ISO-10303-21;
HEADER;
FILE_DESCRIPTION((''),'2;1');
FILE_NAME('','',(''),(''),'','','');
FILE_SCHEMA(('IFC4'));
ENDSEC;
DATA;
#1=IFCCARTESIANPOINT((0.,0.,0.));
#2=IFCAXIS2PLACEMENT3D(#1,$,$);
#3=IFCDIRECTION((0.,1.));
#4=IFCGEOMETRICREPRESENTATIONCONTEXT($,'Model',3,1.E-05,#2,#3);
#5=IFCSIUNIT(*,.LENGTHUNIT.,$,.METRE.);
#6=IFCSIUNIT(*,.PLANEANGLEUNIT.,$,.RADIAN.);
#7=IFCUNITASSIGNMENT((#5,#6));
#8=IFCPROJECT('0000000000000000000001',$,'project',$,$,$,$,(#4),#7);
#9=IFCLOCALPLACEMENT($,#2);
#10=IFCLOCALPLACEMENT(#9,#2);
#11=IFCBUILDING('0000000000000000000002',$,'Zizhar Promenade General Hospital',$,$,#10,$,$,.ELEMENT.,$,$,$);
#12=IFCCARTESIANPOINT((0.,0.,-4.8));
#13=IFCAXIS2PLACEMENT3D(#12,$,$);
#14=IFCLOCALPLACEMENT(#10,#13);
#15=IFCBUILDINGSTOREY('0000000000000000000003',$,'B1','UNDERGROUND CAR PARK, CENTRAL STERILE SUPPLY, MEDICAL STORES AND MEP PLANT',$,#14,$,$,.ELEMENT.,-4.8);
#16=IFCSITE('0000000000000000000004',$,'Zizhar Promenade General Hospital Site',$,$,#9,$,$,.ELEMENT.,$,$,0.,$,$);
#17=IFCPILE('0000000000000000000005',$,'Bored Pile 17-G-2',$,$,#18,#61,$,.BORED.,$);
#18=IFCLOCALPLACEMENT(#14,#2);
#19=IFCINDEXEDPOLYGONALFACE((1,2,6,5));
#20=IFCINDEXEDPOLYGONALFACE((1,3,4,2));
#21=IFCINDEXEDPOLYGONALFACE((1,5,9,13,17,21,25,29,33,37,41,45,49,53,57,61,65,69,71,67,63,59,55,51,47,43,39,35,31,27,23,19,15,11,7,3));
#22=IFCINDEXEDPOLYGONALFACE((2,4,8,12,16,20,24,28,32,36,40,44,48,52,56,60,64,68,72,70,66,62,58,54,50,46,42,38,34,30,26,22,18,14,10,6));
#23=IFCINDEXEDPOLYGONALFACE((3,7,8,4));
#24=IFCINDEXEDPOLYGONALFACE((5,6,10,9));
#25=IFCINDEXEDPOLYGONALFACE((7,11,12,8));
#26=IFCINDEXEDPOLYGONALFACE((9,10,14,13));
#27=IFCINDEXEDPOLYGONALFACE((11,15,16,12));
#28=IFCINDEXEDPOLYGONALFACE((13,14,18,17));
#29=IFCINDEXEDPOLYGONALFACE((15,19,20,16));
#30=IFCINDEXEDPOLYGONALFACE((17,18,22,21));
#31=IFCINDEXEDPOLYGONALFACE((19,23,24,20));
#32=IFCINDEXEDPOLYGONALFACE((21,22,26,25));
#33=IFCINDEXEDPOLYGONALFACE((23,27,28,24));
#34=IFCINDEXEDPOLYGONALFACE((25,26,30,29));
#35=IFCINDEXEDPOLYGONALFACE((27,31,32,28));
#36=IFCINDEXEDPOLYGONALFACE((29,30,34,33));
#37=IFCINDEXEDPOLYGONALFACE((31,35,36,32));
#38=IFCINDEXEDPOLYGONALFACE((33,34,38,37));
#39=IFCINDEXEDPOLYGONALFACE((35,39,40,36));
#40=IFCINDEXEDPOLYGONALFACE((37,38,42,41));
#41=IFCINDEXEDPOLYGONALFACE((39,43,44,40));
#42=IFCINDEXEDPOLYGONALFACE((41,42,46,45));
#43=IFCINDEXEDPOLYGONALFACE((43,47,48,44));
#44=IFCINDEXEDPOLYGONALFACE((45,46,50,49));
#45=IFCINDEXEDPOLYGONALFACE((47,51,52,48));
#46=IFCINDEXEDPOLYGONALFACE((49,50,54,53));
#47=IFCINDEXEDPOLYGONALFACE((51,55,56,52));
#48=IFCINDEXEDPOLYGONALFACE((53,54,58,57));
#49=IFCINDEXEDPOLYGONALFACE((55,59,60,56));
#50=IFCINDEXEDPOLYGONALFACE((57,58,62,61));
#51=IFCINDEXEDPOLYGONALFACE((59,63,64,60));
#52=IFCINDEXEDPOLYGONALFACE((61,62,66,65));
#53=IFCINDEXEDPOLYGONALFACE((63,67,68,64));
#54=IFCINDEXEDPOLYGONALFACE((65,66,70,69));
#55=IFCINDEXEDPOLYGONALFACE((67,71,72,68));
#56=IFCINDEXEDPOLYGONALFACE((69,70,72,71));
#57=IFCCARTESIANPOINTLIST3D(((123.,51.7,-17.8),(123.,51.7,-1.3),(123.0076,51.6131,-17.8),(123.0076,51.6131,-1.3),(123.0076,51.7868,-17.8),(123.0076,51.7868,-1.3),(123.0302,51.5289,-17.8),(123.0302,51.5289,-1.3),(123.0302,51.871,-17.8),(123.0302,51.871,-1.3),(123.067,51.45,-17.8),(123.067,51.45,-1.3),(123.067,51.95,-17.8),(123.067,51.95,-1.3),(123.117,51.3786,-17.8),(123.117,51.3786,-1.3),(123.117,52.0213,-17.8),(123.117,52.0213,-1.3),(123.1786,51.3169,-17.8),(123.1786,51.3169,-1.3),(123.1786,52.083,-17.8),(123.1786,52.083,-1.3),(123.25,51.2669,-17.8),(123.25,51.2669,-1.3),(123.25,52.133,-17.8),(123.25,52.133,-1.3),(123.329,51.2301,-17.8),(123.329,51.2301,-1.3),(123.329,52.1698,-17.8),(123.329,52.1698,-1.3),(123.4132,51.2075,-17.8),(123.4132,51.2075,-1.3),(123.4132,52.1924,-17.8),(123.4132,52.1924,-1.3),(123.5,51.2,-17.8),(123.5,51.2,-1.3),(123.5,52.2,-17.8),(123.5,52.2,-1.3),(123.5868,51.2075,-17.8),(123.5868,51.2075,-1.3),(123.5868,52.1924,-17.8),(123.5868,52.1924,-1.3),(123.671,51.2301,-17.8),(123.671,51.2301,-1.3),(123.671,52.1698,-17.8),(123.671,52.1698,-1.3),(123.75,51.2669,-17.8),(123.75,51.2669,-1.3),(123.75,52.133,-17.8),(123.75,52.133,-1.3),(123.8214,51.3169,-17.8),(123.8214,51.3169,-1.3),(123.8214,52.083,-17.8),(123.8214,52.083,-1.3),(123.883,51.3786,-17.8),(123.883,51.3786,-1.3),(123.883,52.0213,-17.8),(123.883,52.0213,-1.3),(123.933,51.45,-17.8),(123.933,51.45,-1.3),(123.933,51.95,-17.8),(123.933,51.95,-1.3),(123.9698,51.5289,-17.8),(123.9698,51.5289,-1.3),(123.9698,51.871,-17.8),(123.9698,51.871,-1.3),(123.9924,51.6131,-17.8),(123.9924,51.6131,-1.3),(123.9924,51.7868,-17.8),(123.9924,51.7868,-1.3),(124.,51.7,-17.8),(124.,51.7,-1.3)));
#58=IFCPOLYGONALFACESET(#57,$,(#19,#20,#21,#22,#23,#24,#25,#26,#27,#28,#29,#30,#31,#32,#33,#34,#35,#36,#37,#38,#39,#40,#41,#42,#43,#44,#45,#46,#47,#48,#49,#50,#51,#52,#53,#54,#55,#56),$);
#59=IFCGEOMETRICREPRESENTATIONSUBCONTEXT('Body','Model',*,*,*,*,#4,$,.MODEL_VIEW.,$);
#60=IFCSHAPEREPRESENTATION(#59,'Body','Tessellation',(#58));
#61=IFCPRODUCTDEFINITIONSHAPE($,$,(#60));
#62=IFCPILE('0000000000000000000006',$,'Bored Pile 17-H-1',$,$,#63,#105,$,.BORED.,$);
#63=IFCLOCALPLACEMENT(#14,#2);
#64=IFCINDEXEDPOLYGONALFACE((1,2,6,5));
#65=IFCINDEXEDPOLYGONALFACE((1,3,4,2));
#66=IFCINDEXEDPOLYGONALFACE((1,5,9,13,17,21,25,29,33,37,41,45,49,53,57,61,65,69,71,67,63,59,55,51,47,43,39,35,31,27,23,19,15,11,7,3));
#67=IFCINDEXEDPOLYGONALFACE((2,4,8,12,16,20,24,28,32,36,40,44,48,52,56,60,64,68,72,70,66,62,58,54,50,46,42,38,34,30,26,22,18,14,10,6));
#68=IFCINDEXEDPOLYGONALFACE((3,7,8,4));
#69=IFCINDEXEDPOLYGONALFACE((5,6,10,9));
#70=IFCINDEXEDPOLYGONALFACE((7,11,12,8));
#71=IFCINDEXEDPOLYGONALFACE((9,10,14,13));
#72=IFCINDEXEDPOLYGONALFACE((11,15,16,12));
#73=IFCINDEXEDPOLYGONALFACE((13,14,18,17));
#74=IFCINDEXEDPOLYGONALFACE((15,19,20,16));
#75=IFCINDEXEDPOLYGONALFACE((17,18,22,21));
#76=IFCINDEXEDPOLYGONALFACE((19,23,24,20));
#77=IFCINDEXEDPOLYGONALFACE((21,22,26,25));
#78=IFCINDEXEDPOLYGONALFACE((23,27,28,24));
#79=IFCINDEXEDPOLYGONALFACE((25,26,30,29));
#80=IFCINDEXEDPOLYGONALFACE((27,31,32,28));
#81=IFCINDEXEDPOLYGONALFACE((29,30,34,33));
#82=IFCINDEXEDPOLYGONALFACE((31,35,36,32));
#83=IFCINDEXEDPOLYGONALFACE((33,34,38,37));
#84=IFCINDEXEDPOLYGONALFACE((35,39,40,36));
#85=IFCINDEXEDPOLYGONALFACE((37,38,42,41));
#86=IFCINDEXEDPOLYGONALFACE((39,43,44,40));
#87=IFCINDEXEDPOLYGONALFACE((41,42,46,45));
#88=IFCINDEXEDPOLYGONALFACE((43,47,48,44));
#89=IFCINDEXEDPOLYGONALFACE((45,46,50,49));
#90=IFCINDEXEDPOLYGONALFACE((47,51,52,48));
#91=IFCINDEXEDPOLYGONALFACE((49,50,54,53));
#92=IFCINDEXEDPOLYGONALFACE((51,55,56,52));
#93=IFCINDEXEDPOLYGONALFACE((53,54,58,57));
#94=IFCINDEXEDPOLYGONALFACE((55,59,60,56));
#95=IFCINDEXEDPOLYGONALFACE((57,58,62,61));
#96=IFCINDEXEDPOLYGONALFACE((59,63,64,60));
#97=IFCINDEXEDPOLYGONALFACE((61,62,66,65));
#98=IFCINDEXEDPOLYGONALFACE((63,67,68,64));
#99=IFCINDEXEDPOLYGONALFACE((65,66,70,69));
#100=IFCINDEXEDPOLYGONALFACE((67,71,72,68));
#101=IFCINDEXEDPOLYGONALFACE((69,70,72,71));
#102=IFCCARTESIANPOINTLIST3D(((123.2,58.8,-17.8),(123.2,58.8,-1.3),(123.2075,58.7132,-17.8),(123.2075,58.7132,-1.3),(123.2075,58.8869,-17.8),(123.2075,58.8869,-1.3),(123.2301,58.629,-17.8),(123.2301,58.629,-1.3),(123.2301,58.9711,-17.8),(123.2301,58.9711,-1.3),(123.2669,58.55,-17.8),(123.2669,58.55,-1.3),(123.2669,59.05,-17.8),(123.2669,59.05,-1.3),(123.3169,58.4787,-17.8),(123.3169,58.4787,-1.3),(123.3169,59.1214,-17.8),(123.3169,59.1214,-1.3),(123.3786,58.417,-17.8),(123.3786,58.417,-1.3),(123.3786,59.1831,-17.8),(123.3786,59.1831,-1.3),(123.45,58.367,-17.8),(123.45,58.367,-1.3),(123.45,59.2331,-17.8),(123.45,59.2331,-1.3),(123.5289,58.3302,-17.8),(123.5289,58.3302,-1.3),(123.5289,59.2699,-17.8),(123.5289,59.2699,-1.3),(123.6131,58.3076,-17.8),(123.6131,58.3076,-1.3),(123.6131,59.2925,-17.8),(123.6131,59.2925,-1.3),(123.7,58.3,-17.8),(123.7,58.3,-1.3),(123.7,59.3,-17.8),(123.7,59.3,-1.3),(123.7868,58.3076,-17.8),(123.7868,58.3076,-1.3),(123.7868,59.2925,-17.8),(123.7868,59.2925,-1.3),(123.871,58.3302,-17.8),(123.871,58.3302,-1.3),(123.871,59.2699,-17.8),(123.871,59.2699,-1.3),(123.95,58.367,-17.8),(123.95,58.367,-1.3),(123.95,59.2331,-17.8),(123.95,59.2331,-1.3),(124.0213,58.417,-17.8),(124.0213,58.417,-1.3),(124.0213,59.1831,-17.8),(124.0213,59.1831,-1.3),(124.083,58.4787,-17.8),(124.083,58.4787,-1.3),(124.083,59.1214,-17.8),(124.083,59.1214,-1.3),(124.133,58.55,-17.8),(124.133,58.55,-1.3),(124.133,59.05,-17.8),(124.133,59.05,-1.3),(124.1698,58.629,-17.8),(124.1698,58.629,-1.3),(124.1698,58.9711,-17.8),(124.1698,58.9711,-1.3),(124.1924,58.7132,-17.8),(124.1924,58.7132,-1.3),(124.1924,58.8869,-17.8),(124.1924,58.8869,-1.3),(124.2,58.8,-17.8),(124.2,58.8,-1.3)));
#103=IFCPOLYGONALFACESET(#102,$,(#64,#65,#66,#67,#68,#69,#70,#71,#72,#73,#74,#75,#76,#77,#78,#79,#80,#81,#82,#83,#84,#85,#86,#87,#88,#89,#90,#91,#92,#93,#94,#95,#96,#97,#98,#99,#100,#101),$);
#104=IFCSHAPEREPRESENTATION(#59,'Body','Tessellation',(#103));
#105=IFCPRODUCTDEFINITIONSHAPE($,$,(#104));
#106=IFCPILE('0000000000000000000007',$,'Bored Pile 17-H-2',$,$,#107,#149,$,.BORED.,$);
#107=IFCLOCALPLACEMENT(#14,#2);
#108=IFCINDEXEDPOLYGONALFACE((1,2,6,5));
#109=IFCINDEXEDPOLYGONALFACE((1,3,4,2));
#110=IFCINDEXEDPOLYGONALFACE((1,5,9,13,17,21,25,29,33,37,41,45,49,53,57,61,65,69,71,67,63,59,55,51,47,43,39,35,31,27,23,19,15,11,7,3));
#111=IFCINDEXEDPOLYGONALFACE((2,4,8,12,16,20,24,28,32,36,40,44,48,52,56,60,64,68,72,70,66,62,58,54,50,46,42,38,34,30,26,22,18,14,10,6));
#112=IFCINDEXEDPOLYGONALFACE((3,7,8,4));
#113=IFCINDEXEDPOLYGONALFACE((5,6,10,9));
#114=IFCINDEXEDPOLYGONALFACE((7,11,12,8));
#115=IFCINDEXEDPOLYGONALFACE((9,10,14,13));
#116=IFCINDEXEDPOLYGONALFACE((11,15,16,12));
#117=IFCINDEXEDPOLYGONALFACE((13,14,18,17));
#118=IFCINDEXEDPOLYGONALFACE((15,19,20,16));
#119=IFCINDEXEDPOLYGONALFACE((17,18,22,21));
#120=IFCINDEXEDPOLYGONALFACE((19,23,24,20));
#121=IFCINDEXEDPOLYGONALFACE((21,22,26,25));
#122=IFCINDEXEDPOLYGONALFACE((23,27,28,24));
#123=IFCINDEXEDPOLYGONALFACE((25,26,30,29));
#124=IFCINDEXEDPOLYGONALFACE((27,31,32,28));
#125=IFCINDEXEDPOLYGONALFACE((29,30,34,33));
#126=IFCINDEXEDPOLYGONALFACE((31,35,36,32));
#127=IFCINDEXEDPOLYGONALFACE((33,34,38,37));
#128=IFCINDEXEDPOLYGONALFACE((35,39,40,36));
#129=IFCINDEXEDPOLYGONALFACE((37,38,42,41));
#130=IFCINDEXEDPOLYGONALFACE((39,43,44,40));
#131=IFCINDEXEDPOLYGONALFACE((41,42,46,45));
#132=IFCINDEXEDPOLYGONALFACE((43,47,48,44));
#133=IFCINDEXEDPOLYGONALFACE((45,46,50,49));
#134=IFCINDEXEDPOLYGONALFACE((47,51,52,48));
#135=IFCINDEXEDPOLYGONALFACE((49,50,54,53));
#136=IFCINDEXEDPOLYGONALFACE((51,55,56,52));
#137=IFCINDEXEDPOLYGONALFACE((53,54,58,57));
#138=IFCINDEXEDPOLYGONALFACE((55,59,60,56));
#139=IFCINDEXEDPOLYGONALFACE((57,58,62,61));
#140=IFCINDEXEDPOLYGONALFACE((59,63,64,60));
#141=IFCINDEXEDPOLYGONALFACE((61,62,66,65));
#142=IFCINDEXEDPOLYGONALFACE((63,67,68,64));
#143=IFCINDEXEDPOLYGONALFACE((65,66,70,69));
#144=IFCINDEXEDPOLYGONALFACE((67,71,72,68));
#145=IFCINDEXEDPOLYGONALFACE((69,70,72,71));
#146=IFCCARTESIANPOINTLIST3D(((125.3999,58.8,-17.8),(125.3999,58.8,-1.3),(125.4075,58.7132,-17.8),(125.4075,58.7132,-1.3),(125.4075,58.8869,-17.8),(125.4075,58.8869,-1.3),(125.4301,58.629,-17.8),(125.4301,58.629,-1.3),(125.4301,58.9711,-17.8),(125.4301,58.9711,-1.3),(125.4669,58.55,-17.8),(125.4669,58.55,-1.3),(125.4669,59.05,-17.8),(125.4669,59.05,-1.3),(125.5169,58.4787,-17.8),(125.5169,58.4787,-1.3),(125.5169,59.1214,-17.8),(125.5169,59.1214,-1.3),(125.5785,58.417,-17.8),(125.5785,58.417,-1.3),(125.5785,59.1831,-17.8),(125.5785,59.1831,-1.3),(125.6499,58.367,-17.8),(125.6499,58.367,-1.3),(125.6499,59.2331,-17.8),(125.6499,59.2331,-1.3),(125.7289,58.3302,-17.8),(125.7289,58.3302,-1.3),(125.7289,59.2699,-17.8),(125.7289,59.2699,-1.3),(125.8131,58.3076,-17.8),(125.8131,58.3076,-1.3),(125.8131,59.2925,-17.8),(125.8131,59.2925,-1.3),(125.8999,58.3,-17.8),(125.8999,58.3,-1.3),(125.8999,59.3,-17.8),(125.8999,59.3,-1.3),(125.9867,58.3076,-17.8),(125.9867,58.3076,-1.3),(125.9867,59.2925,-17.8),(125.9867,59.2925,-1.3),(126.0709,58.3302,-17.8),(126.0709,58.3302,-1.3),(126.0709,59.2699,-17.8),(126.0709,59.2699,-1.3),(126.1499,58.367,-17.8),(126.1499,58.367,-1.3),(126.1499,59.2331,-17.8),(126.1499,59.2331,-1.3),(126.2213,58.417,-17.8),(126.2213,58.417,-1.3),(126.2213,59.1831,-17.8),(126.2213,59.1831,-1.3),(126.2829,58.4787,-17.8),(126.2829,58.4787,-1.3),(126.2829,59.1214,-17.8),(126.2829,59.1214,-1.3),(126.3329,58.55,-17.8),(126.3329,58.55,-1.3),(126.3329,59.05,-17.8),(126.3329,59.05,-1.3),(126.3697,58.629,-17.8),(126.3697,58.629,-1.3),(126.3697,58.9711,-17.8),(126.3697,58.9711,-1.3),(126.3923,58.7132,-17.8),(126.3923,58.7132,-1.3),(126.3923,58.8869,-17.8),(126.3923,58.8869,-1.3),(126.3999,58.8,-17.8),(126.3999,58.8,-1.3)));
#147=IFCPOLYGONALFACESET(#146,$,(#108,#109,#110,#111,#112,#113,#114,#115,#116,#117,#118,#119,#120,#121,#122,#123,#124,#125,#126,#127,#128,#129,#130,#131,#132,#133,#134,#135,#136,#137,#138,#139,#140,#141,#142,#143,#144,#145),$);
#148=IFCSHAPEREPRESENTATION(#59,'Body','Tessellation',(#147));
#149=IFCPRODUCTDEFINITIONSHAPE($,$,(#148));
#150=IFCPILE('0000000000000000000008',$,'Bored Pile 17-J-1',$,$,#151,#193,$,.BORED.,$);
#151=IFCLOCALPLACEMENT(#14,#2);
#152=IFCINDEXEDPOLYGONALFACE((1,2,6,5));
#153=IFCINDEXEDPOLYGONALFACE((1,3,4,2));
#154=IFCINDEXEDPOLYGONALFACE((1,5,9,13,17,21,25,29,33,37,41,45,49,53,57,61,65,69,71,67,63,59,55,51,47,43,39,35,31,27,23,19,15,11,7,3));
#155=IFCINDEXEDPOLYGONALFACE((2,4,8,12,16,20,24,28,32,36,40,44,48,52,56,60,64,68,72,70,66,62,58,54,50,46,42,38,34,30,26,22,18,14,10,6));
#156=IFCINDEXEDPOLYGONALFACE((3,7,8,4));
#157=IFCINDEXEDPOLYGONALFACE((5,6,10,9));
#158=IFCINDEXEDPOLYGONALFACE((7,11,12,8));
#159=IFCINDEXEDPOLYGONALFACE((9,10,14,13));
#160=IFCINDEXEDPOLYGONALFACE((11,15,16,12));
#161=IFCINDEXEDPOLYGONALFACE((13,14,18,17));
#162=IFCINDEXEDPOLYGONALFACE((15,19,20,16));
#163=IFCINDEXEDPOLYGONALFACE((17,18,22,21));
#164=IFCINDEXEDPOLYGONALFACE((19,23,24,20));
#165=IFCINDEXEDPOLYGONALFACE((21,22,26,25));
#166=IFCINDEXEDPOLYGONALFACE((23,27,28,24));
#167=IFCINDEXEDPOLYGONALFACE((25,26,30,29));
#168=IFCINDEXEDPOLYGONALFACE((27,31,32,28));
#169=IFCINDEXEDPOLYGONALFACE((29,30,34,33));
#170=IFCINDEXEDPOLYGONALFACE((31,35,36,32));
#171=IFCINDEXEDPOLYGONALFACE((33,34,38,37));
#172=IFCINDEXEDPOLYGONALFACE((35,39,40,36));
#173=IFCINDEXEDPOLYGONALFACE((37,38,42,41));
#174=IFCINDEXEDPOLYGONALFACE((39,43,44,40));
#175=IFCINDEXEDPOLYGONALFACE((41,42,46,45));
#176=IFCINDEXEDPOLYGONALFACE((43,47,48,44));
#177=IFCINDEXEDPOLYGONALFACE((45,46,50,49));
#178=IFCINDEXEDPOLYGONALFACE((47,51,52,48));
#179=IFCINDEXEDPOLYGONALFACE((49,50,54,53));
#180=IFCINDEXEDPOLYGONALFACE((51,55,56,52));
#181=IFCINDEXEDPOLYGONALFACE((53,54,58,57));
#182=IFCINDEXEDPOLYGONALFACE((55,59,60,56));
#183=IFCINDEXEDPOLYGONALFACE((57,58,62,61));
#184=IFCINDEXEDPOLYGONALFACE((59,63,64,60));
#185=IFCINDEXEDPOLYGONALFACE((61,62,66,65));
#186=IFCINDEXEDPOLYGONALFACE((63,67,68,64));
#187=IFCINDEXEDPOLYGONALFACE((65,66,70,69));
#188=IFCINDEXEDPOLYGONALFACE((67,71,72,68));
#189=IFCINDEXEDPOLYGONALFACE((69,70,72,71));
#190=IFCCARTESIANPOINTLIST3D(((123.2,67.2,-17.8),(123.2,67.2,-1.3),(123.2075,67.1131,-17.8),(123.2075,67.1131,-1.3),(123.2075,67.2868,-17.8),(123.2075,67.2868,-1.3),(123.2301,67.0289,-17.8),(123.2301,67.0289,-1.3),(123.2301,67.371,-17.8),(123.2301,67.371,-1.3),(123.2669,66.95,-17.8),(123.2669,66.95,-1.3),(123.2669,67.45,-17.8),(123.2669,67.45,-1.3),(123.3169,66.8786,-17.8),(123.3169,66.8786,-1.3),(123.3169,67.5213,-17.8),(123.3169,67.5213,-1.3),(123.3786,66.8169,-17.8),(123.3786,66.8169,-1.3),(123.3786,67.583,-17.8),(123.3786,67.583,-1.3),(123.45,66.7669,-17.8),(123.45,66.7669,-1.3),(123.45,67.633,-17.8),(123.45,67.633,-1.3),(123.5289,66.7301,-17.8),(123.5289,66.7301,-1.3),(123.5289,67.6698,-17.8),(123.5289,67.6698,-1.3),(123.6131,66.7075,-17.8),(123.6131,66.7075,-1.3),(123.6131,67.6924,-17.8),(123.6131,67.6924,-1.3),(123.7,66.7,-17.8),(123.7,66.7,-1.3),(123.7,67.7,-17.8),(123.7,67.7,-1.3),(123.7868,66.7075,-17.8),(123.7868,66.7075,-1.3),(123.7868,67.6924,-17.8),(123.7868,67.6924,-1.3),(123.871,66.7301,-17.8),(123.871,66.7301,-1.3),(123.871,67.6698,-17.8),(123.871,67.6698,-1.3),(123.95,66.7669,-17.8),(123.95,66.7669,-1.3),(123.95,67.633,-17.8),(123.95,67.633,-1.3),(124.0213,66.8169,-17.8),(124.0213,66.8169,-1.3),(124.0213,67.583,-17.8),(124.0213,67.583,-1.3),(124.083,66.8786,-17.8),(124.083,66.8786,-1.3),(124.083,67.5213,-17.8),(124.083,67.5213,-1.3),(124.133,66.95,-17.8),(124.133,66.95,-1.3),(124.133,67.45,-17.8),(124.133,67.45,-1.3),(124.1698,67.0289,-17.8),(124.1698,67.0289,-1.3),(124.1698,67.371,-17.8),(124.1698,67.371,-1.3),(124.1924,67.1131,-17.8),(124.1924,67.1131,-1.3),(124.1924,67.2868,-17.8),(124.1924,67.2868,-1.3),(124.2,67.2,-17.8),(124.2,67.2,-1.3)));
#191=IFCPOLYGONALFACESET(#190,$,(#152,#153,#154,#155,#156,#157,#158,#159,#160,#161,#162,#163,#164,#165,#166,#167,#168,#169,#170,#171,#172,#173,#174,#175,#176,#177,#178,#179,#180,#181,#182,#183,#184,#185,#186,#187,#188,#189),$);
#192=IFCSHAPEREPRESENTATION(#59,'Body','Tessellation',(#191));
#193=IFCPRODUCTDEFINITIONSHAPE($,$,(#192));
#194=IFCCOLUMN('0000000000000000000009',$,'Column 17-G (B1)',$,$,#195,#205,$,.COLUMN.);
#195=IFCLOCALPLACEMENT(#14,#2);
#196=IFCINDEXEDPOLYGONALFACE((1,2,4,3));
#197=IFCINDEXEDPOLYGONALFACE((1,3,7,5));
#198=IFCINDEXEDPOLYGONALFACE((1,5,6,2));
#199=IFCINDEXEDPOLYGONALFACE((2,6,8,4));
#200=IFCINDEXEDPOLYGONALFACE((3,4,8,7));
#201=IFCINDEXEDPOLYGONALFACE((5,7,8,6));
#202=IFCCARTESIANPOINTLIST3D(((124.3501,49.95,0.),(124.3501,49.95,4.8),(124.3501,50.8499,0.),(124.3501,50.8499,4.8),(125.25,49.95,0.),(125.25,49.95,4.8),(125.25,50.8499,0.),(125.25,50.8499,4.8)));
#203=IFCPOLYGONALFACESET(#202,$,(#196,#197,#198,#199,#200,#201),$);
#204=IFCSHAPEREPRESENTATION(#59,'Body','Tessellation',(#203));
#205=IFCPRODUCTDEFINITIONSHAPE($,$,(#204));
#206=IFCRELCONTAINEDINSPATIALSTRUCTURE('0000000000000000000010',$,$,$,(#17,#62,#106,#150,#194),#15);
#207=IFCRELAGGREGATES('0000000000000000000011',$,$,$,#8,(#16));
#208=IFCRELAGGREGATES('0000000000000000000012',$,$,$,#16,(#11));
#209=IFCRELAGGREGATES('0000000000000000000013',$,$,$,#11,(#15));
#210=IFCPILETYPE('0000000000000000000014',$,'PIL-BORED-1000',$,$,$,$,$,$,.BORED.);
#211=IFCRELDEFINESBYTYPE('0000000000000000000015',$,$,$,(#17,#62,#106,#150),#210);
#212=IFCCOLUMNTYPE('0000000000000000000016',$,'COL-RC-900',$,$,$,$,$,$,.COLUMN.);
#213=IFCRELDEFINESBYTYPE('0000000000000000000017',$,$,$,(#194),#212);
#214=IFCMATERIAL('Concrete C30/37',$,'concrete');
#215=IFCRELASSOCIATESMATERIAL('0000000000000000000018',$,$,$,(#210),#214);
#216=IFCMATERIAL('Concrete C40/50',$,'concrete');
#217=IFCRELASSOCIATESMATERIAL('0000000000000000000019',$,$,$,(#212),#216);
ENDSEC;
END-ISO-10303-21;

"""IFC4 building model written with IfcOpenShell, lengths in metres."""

from ifc_helpers import new_model, si_unit, direction, frame, origin, origin_2d, place, context, subcontext, project, spatial, rectangle, circle, extrude, material, material_profile, profile_set, type_object, element, save


model = new_model("IFC4")

# Units and contexts
model_context = context("Model", 3, precision=1e-05, world=origin(), true_north=direction((0.0, 1.0)))
body_context = subcontext(model_context, "Body", "Model", "MODEL_VIEW")
ifc_project = project(units=[si_unit("LENGTHUNIT", "METRE"), si_unit("PLANEANGLEUNIT", "RADIAN")], contexts=[model_context])

# Site, building, storey
site_placement = place(None, origin())
site = spatial("IfcSite", under=ifc_project, at=site_placement, Name="Zizhar Promenade General Hospital Site", CompositionType="ELEMENT", RefElevation=0.0)
building_placement = place(site_placement, origin())
building = spatial("IfcBuilding", under=site, at=building_placement, Name="Zizhar Promenade General Hospital", CompositionType="ELEMENT")
storey_placement = place(building_placement, frame((0.0, 0.0, -4.8)))
storey = spatial("IfcBuildingStorey", under=building, at=storey_placement, Name="B1", Description="UNDERGROUND CAR PARK, CENTRAL STERILE SUPPLY, MEDICAL STORES AND MEP PLANT", CompositionType="ELEMENT", Elevation=-4.8)

# Piles
ifc_material_1 = material(Name="Concrete C30/37", Category="concrete")
ifc_material_profile_1 = material_profile(ifc_material_1, circle(Radius=0.5, at=origin_2d()))
ifc_profile_set_1 = profile_set([ifc_material_profile_1], Name="Concrete C30/37")
pile_type = type_object("IfcPileType", Name="PIL-BORED-1000", PredefinedType="BORED", material=ifc_profile_set_1)
for number, where, z_axis, x_axis, name in (
    (1, (123.5, 51.7, -1.3), (0.0, 0.0, -1.0), (1.0, 0.0, 0.0), "Bored Pile 17-G-2"),
    (2, (123.7, 58.8, -1.3), (0.0, 0.0, -1.0), (1.0, 0.0, 0.0), "Bored Pile 17-H-1"),
    (3, (125.8999, 58.8, -1.3), (0.0, 0.0, -1.0), (1.0, 0.0, 0.0), "Bored Pile 17-H-2"),
    (4, (123.7, 67.2, -1.3), (0.0, 0.0, -1.0), (1.0, 0.0, 0.0), "Bored Pile 17-J-1"),
):
    element("IfcPile", number, at=place(storey_placement, frame(where, z_axis=z_axis, x_axis=x_axis)), inside=storey, type_object=pile_type, Name=name, PredefinedType="BORED", context=body_context, shape_type="SweptSolid", body=[
        extrude(circle(Radius=0.5, at=origin_2d()), origin(), (0.0, 0.0, 1.0), 16.5),
    ])

# Column
ifc_material_2 = material(Name="Concrete C40/50", Category="concrete")
ifc_material_profile_2 = material_profile(ifc_material_2, rectangle(XDim=0.8999, YDim=0.8999, at=origin_2d()))
ifc_profile_set_2 = profile_set([ifc_material_profile_2], Name="Concrete C40/50")
column_type = type_object("IfcColumnType", Name="COL-RC-900", PredefinedType="COLUMN", material=ifc_profile_set_2)
for number, where, z_axis, x_axis, name in (
    (5, (124.8, 50.3999, 0.0), (0.0, 0.0, 1.0), (1.0, 0.0, 0.0), "Column 17-G (B1)"),
):
    element("IfcColumn", number, at=place(storey_placement, frame(where, z_axis=z_axis, x_axis=x_axis)), inside=storey, type_object=column_type, Name=name, PredefinedType="COLUMN", context=body_context, shape_type="SweptSolid", body=[
        extrude(rectangle(XDim=0.8999, YDim=0.8999, at=origin_2d()), origin(), (0.0, 0.0, 1.0), 4.8),
    ])

save(model, "model.ifc")
